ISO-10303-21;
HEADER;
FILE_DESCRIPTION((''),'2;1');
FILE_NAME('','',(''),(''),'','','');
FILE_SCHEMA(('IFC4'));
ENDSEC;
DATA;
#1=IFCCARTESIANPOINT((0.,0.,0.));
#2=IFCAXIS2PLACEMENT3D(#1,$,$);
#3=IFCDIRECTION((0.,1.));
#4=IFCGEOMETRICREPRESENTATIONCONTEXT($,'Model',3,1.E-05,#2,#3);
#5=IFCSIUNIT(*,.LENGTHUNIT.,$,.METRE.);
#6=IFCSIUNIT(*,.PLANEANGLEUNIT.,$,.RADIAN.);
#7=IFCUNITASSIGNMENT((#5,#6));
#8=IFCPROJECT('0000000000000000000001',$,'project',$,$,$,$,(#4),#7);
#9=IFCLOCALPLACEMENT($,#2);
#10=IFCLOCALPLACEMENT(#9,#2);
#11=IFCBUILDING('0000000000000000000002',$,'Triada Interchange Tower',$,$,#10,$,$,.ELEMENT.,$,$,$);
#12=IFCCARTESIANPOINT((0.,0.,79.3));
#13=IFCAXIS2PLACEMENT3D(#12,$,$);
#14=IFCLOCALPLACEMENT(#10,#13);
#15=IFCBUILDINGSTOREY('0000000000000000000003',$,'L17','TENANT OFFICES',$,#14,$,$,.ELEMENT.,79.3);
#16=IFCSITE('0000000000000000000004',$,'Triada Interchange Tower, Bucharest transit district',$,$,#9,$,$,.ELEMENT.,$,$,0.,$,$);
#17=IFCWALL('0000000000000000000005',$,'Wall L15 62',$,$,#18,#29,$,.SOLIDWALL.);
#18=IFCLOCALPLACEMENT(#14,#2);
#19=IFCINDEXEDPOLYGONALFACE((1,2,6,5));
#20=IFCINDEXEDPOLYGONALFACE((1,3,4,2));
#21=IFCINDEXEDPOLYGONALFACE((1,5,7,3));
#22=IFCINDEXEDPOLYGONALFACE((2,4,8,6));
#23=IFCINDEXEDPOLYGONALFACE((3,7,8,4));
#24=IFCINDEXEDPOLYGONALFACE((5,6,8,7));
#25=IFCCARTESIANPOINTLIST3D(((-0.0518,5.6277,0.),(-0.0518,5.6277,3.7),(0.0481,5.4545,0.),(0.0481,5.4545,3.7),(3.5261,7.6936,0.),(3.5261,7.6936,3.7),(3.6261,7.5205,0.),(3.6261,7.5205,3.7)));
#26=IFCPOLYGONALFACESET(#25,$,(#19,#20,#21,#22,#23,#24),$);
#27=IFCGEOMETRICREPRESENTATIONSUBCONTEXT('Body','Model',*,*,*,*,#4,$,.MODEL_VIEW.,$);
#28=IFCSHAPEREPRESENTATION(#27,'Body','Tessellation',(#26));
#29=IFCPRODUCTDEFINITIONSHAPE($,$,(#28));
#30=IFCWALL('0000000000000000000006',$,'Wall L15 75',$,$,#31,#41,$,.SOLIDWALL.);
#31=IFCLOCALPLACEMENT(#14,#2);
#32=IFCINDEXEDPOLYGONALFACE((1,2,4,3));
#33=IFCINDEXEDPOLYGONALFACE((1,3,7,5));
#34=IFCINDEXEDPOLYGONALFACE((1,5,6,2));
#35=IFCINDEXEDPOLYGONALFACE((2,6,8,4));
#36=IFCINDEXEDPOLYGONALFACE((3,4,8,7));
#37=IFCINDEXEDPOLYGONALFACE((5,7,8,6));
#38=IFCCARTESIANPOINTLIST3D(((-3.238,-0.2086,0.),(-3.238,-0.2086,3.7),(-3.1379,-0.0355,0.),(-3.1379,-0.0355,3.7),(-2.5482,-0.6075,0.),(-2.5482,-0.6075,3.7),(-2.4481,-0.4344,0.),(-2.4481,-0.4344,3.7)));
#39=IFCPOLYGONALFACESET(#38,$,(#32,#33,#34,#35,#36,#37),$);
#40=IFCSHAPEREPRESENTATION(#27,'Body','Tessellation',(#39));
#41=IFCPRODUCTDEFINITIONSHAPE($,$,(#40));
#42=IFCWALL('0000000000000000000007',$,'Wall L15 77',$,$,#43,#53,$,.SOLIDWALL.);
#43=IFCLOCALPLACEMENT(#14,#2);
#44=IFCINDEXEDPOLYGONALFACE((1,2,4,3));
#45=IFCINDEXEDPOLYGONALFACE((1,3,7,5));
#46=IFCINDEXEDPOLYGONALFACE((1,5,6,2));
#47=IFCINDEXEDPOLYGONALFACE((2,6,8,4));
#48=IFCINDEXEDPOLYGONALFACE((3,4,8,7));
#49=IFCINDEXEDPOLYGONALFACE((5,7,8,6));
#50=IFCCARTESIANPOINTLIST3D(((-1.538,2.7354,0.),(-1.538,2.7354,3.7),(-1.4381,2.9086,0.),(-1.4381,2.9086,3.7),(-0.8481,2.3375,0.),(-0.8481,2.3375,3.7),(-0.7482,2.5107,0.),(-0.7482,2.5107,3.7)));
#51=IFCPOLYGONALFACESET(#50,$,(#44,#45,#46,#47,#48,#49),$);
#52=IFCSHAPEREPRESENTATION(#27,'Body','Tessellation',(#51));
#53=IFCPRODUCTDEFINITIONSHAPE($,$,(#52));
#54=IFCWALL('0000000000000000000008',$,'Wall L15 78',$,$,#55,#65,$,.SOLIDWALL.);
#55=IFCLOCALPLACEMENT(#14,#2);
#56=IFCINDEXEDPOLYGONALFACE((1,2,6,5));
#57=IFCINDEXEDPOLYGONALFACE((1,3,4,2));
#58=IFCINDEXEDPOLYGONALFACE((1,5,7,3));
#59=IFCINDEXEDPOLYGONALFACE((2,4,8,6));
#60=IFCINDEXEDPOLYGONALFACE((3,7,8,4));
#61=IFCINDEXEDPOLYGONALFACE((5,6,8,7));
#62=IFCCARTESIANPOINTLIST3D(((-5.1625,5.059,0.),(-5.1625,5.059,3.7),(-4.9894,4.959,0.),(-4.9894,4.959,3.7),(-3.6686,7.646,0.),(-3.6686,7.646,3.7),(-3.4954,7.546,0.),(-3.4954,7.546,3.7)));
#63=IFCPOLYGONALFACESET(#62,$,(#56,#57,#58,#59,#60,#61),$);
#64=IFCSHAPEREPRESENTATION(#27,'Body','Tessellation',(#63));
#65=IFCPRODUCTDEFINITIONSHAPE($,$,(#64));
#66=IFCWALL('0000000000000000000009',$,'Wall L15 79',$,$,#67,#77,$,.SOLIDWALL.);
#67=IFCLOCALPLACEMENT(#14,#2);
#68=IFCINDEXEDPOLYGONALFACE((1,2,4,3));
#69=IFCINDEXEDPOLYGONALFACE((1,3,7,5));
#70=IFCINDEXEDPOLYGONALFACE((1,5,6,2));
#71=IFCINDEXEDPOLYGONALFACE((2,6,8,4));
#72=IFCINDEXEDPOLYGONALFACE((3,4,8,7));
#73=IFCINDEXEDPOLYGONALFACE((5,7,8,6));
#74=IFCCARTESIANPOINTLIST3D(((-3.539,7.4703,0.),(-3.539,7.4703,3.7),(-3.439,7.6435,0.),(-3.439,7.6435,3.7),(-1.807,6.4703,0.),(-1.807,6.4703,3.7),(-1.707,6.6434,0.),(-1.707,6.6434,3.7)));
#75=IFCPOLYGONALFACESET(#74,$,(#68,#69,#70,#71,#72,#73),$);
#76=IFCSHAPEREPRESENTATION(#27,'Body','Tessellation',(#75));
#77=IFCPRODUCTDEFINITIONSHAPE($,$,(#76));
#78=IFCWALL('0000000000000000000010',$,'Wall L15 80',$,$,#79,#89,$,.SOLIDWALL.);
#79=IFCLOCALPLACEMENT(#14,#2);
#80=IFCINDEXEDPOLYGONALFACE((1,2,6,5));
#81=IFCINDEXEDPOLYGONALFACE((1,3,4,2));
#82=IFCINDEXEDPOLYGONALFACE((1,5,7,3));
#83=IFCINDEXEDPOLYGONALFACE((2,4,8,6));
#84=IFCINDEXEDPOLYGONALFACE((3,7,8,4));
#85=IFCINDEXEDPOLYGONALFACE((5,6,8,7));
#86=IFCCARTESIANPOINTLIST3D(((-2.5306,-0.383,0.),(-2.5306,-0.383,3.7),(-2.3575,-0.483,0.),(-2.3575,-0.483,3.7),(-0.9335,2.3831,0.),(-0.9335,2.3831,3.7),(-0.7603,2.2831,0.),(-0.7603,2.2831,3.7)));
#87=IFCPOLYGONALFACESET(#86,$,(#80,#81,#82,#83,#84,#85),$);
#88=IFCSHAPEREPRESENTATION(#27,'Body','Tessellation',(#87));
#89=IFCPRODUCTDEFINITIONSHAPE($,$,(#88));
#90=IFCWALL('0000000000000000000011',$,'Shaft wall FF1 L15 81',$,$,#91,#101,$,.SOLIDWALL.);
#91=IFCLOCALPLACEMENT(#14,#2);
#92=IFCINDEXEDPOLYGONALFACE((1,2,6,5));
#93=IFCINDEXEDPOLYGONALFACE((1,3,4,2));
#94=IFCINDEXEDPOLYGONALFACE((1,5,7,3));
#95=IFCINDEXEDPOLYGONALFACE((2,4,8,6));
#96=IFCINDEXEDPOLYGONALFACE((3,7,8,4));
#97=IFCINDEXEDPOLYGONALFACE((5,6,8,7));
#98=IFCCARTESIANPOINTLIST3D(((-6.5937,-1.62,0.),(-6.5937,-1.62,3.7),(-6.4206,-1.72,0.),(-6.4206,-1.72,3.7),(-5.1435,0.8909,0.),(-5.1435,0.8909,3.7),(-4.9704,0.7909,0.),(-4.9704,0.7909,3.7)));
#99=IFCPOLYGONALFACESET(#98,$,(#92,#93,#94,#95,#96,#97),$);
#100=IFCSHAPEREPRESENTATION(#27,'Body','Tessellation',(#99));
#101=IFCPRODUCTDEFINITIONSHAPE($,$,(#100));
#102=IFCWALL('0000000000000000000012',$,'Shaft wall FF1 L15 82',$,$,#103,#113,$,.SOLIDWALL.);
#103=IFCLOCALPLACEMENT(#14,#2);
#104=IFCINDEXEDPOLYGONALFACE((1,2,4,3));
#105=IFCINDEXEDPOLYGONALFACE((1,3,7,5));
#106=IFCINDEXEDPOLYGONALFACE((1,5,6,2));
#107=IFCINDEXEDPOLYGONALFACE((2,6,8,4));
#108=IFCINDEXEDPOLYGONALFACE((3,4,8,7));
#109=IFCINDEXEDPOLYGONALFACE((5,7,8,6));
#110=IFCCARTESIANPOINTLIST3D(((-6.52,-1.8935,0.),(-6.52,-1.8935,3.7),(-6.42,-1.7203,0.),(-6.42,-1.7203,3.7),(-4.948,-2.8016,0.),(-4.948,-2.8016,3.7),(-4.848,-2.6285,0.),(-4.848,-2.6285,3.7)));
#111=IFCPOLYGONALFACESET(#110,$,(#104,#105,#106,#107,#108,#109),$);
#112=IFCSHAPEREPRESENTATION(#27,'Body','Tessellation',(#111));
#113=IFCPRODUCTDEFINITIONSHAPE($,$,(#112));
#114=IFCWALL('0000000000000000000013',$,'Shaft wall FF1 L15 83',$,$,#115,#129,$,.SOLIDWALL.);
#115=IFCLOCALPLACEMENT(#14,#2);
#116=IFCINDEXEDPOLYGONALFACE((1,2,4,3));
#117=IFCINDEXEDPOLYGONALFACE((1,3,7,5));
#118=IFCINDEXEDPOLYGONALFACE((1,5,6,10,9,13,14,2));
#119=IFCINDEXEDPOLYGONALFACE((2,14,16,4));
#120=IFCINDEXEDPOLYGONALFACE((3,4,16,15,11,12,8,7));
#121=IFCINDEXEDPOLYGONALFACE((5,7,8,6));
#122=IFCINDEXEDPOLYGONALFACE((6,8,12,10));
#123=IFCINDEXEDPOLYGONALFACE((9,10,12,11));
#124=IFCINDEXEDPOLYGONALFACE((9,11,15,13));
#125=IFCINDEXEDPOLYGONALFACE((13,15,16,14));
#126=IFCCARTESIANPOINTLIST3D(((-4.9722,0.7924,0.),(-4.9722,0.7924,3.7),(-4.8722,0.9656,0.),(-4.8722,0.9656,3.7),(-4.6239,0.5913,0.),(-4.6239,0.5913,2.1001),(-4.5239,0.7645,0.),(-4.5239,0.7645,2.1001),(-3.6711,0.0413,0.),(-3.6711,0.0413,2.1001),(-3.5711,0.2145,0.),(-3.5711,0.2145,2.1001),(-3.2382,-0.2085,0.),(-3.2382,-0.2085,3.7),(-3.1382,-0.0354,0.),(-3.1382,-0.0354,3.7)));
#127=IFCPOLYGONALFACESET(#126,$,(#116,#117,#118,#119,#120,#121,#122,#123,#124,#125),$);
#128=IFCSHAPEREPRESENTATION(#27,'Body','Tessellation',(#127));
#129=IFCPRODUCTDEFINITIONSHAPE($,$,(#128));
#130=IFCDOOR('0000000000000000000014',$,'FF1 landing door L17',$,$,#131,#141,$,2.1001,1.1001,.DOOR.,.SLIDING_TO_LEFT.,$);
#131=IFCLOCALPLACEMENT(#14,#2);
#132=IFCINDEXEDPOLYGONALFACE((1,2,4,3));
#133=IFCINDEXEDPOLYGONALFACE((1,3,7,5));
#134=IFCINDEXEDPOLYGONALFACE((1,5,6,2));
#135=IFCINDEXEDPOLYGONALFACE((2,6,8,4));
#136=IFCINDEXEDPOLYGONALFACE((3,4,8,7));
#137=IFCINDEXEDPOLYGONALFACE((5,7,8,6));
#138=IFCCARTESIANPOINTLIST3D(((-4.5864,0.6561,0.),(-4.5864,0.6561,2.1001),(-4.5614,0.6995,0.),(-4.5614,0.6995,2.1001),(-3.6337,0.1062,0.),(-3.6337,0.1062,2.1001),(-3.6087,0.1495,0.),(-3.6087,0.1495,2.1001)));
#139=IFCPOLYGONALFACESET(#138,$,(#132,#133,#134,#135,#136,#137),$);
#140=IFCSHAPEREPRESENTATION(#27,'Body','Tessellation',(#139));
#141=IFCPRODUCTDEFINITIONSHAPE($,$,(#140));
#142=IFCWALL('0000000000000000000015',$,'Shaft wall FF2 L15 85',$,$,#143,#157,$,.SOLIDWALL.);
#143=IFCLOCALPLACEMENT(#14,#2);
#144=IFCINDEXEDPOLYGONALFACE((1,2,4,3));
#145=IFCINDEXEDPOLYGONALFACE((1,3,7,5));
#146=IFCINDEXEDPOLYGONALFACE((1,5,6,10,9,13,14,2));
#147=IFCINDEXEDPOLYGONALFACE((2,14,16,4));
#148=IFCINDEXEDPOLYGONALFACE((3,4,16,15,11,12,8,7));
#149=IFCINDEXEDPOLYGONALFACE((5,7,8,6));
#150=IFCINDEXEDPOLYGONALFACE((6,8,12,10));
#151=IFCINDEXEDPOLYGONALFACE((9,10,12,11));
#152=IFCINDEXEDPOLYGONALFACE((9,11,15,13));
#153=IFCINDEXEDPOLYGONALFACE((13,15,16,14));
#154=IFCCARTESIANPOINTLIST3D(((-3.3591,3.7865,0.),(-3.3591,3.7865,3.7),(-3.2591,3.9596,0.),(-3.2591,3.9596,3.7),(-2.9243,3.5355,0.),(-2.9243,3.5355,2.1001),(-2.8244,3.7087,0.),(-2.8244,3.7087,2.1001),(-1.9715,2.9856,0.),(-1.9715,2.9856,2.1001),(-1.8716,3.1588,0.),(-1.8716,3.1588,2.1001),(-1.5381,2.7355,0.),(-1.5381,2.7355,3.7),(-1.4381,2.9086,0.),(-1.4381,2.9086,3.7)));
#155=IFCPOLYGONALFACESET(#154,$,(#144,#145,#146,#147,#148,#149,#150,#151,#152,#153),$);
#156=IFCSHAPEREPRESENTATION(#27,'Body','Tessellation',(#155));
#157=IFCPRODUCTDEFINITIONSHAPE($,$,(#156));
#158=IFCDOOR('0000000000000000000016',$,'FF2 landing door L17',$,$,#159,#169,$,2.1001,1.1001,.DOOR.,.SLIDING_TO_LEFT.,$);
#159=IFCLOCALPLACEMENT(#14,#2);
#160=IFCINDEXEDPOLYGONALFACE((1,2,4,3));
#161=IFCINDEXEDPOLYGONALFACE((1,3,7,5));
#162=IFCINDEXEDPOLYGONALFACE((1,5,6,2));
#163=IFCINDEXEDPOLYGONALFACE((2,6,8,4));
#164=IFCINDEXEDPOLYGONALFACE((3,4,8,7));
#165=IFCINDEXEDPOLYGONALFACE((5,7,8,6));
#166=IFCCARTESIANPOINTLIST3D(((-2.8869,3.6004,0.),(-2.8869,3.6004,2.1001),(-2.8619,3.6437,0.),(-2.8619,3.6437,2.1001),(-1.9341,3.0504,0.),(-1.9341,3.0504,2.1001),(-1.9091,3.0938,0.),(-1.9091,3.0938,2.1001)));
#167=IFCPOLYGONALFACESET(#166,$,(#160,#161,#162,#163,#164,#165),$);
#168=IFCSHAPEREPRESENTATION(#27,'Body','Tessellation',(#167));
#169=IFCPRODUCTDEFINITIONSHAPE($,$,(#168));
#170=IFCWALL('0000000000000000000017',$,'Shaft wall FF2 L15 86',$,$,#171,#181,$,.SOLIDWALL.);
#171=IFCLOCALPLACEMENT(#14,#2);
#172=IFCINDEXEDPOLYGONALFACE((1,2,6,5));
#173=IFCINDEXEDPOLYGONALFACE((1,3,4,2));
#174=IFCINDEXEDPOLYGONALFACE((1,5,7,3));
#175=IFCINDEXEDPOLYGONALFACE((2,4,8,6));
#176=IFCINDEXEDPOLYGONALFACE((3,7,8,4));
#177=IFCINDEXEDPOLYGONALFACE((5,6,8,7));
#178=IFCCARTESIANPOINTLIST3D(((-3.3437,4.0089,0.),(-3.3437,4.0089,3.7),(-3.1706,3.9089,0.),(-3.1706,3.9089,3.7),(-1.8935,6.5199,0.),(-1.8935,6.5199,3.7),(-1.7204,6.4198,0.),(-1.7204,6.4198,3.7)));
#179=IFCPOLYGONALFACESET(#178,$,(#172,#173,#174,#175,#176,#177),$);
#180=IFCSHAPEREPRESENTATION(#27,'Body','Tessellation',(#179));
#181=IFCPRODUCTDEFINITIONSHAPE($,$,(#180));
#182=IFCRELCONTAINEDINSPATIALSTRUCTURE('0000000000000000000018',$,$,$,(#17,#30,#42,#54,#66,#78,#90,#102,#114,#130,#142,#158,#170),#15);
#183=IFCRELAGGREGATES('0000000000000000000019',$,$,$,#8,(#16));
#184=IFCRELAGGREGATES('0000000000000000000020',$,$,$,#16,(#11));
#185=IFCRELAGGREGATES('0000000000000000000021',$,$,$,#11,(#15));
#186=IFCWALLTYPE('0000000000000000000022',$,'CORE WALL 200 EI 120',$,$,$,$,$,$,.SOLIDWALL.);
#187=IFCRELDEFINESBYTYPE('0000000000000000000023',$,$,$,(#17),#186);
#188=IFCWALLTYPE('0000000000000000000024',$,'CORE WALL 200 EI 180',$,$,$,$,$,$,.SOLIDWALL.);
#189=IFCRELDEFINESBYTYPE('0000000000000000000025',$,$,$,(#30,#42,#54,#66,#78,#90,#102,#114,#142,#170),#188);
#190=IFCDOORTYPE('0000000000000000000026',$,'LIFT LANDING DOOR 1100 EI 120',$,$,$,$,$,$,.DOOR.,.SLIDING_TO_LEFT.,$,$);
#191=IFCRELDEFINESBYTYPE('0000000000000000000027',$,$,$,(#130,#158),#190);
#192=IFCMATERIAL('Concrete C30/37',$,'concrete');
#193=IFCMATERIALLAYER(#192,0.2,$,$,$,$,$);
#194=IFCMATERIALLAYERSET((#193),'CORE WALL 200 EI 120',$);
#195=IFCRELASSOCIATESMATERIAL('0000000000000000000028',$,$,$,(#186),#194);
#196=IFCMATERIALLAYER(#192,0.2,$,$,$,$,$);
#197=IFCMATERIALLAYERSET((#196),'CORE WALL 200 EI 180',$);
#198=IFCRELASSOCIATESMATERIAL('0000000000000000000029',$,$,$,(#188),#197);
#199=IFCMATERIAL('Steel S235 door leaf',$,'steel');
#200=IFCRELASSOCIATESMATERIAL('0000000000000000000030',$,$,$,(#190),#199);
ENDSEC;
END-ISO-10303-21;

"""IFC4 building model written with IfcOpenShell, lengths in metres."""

from ifc_helpers import new_model, si_unit, direction, frame, frame_2d, origin, place, context, subcontext, project, spatial, rectangle, extrude, material, layer, layer_set, type_object, element, fill, save


model = new_model("IFC4")

# Units and contexts
model_context = context("Model", 3, precision=1e-05, world=origin(), true_north=direction((0.0, 1.0)))
body_context = subcontext(model_context, "Body", "Model", "MODEL_VIEW")
ifc_project = project(units=[si_unit("LENGTHUNIT", "METRE"), si_unit("PLANEANGLEUNIT", "RADIAN")], contexts=[model_context])

# Site, building, storey
site_placement = place(None, origin())
site = spatial("IfcSite", under=ifc_project, at=site_placement, Name="Triada Interchange Tower, Bucharest transit district", CompositionType="ELEMENT", RefElevation=0.0)
building_placement = place(site_placement, origin())
building = spatial("IfcBuilding", under=site, at=building_placement, Name="Triada Interchange Tower", CompositionType="ELEMENT")
storey_placement = place(building_placement, frame((0.0, 0.0, 79.3)))
storey = spatial("IfcBuildingStorey", under=building, at=storey_placement, Name="L17", Description="TENANT OFFICES", CompositionType="ELEMENT", Elevation=79.3)

# Walls
ifc_material_1 = material(Name="Concrete C30/37", Category="concrete")
ifc_layer_1 = layer(ifc_material_1, 0.2)
ifc_layer_set_1 = layer_set([ifc_layer_1], Name="CORE WALL 200 EI 120")
wall_type_1 = type_object("IfcWallType", Name="CORE WALL 200 EI 120", PredefinedType="SOLIDWALL", material=ifc_layer_set_1)
wall_1_placement = place(storey_placement, frame((-0.002, 5.541, 0.0), z_axis=(0.0, 0.0, 1.0), x_axis=(0.866002, 0.500041, 0.0)))
element("IfcWall", 1, at=wall_1_placement, inside=storey, type_object=wall_type_1, Name="Wall L15 62", PredefinedType="SOLIDWALL", context=body_context, shape_type="SweptSolid", body=[
    extrude(rectangle(XDim=4.1316, YDim=0.2, at=frame_2d((2.0659, 0.0))), origin(), (0.0, 0.0, 1.0), 3.7),
])
ifc_layer_2 = layer(ifc_material_1, 0.2)
ifc_layer_set_2 = layer_set([ifc_layer_2], Name="CORE WALL 200 EI 180")
wall_type_2 = type_object("IfcWallType", Name="CORE WALL 200 EI 180", PredefinedType="SOLIDWALL", material=ifc_layer_set_2)
wall_2_placement = place(storey_placement, frame((-3.188, -0.1221, 0.0), z_axis=(0.0, 0.0, 1.0), x_axis=(0.865706, -0.500553, 0.0)))
element("IfcWall", 2, at=wall_2_placement, inside=storey, type_object=wall_type_2, Name="Wall L15 75", PredefinedType="SOLIDWALL", context=body_context, shape_type="SweptSolid", body=[
    extrude(rectangle(XDim=0.7969, YDim=0.2, at=frame_2d((0.3984, 0.0))), origin(), (0.0, 0.0, 1.0), 3.7),
])
wall_3_placement = place(storey_placement, frame((-1.488, 2.822, 0.0), z_axis=(0.0, 0.0, 1.0), x_axis=(0.866237, -0.499634, 0.0)))
element("IfcWall", 3, at=wall_3_placement, inside=storey, type_object=wall_type_2, Name="Wall L15 77", PredefinedType="SOLIDWALL", context=body_context, shape_type="SweptSolid", body=[
    extrude(rectangle(XDim=0.7964, YDim=0.2, at=frame_2d((0.3982, 0.0))), origin(), (0.0, 0.0, 1.0), 3.7),
])
wall_4_placement = place(storey_placement, frame((-5.0759, 5.009, 0.0), z_axis=(0.0, 0.0, 1.0), x_axis=(0.500086, 0.865976, 0.0)))
element("IfcWall", 4, at=wall_4_placement, inside=storey, type_object=wall_type_2, Name="Wall L15 78", PredefinedType="SOLIDWALL", context=body_context, shape_type="SweptSolid", body=[
    extrude(rectangle(XDim=2.9873, YDim=0.2, at=frame_2d((1.4937, 0.0))), origin(), (0.0, 0.0, 1.0), 3.7),
])
wall_5_placement = place(storey_placement, frame((-3.489, 7.5569, 0.0), z_axis=(0.0, 0.0, 1.0), x_axis=(0.866011, -0.500025, 0.0)))
element("IfcWall", 5, at=wall_5_placement, inside=storey, type_object=wall_type_2, Name="Wall L15 79", PredefinedType="SOLIDWALL", context=body_context, shape_type="SweptSolid", body=[
    extrude(rectangle(XDim=2.0, YDim=0.2, at=frame_2d((1.0, 0.0))), origin(), (0.0, 0.0, 1.0), 3.7),
])
wall_6_placement = place(storey_placement, frame((-2.4441, -0.4331, 0.0), z_axis=(0.0, 0.0, 1.0), x_axis=(0.500036, 0.866005, 0.0)))
element("IfcWall", 6, at=wall_6_placement, inside=storey, type_object=wall_type_2, Name="Wall L15 80", PredefinedType="SOLIDWALL", context=body_context, shape_type="SweptSolid", body=[
    extrude(rectangle(XDim=3.1941, YDim=0.2, at=frame_2d((1.5972, 0.0))), origin(), (0.0, 0.0, 1.0), 3.7),
])
wall_7_placement = place(storey_placement, frame((-6.5071, -1.6699, 0.0), z_axis=(0.0, 0.0, 1.0), x_axis=(0.500123, 0.865954, 0.0)))
element("IfcWall", 7, at=wall_7_placement, inside=storey, type_object=wall_type_2, Name="Shaft wall FF1 L15 81", PredefinedType="SOLIDWALL", context=body_context, shape_type="SweptSolid", body=[
    extrude(rectangle(XDim=2.8997, YDim=0.2, at=frame_2d((1.4497, 0.0))), origin(), (0.0, 0.0, 1.0), 3.7),
])
wall_8_placement = place(storey_placement, frame((-6.47, -1.8069, 0.0), z_axis=(0.0, 0.0, 1.0), x_axis=(0.865883, -0.500246, 0.0)))
element("IfcWall", 8, at=wall_8_placement, inside=storey, type_object=wall_type_2, Name="Shaft wall FF1 L15 82", PredefinedType="SOLIDWALL", context=body_context, shape_type="SweptSolid", body=[
    extrude(rectangle(XDim=1.8154, YDim=0.2, at=frame_2d((0.9077, 0.0))), origin(), (0.0, 0.0, 1.0), 3.7),
])

# Walls, openings, doors
wall_9_placement = place(storey_placement, frame((-4.9221, 0.8789, 0.0), z_axis=(0.0, 0.0, 1.0), x_axis=(0.866074, -0.499916, 0.0)))
wall_9 = element("IfcWall", 9, at=wall_9_placement, inside=storey, type_object=wall_type_2, Name="Shaft wall FF1 L15 83", PredefinedType="SOLIDWALL", context=body_context, shape_type="SweptSolid", body=[
    extrude(rectangle(XDim=2.0022, YDim=0.2, at=frame_2d((1.001, 0.0))), origin(), (0.0, 0.0, 1.0), 3.7),
])
opening_1_placement = place(wall_9_placement, frame((0.4021, 0.0, 0.0)))
opening_1 = element("IfcOpeningElement", 10, at=opening_1_placement, cuts=wall_9, PredefinedType="OPENING", context=body_context, shape_type="SweptSolid", body=[
    extrude(rectangle(XDim=1.1001, YDim=2.1001, at=frame_2d((0.55, 1.05))), frame((0.0, 0.1099, 0.0), z_axis=(0.0, -1.0, 0.0), x_axis=(1.0, 0.0, 0.0)), (0.0, 0.0, 1.0), 0.22),
])
ifc_material_2 = material(Name="Steel S235 door leaf", Category="steel")
door_type = type_object("IfcDoorType", Name="LIFT LANDING DOOR 1100 EI 120", OperationType="SLIDING_TO_LEFT", PredefinedType="DOOR", material=ifc_material_2)
door_1_placement = place(opening_1_placement, origin())
door_1 = element("IfcDoor", 11, at=door_1_placement, inside=storey, type_object=door_type, Name="FF1 landing door L17", OperationType="SLIDING_TO_LEFT", OverallHeight=2.1001, OverallWidth=1.1001, PredefinedType="DOOR", context=body_context, shape_type="SweptSolid", body=[
    extrude(rectangle(XDim=1.1001, YDim=2.1001, at=frame_2d((0.55, 1.05))), frame((0.0, 0.0249, 0.0), z_axis=(0.0, -1.0, 0.0), x_axis=(1.0, 0.0, 0.0)), (0.0, 0.0, 1.0), 0.05),
])
fill(opening_1, door_1)
wall_10_placement = place(storey_placement, frame((-3.3091, 3.873, 0.0), z_axis=(0.0, 0.0, 1.0), x_axis=(0.866099, -0.499873, 0.0)))
wall_10 = element("IfcWall", 12, at=wall_10_placement, inside=storey, type_object=wall_type_2, Name="Shaft wall FF2 L15 85", PredefinedType="SOLIDWALL", context=body_context, shape_type="SweptSolid", body=[
    extrude(rectangle(XDim=2.1025, YDim=0.2, at=frame_2d((1.0513, 0.0))), origin(), (0.0, 0.0, 1.0), 3.7),
])
opening_2_placement = place(wall_10_placement, frame((0.502, 0.0, 0.0)))
opening_2 = element("IfcOpeningElement", 13, at=opening_2_placement, cuts=wall_10, PredefinedType="OPENING", context=body_context, shape_type="SweptSolid", body=[
    extrude(rectangle(XDim=1.1001, YDim=2.1001, at=frame_2d((0.55, 1.05))), frame((0.0, 0.1099, 0.0), z_axis=(0.0, -1.0, 0.0), x_axis=(1.0, 0.0, 0.0)), (0.0, 0.0, 1.0), 0.22),
])
door_2_placement = place(opening_2_placement, origin())
door_2 = element("IfcDoor", 14, at=door_2_placement, inside=storey, type_object=door_type, Name="FF2 landing door L17", OperationType="SLIDING_TO_LEFT", OverallHeight=2.1001, OverallWidth=1.1001, PredefinedType="DOOR", context=body_context, shape_type="SweptSolid", body=[
    extrude(rectangle(XDim=1.1001, YDim=2.1001, at=frame_2d((0.55, 1.05))), frame((0.0, 0.0249, 0.0), z_axis=(0.0, -1.0, 0.0), x_axis=(1.0, 0.0, 0.0)), (0.0, 0.0, 1.0), 0.05),
])
fill(opening_2, door_2)

# Wall
wall_11_placement = place(storey_placement, frame((-3.2571, 3.959, 0.0), z_axis=(0.0, 0.0, 1.0), x_axis=(0.500123, 0.865954, 0.0)))
element("IfcWall", 15, at=wall_11_placement, inside=storey, type_object=wall_type_2, Name="Shaft wall FF2 L15 86", PredefinedType="SOLIDWALL", context=body_context, shape_type="SweptSolid", body=[
    extrude(rectangle(XDim=2.8997, YDim=0.2, at=frame_2d((1.4497, 0.0))), origin(), (0.0, 0.0, 1.0), 3.7),
])

save(model, "model.ifc")
